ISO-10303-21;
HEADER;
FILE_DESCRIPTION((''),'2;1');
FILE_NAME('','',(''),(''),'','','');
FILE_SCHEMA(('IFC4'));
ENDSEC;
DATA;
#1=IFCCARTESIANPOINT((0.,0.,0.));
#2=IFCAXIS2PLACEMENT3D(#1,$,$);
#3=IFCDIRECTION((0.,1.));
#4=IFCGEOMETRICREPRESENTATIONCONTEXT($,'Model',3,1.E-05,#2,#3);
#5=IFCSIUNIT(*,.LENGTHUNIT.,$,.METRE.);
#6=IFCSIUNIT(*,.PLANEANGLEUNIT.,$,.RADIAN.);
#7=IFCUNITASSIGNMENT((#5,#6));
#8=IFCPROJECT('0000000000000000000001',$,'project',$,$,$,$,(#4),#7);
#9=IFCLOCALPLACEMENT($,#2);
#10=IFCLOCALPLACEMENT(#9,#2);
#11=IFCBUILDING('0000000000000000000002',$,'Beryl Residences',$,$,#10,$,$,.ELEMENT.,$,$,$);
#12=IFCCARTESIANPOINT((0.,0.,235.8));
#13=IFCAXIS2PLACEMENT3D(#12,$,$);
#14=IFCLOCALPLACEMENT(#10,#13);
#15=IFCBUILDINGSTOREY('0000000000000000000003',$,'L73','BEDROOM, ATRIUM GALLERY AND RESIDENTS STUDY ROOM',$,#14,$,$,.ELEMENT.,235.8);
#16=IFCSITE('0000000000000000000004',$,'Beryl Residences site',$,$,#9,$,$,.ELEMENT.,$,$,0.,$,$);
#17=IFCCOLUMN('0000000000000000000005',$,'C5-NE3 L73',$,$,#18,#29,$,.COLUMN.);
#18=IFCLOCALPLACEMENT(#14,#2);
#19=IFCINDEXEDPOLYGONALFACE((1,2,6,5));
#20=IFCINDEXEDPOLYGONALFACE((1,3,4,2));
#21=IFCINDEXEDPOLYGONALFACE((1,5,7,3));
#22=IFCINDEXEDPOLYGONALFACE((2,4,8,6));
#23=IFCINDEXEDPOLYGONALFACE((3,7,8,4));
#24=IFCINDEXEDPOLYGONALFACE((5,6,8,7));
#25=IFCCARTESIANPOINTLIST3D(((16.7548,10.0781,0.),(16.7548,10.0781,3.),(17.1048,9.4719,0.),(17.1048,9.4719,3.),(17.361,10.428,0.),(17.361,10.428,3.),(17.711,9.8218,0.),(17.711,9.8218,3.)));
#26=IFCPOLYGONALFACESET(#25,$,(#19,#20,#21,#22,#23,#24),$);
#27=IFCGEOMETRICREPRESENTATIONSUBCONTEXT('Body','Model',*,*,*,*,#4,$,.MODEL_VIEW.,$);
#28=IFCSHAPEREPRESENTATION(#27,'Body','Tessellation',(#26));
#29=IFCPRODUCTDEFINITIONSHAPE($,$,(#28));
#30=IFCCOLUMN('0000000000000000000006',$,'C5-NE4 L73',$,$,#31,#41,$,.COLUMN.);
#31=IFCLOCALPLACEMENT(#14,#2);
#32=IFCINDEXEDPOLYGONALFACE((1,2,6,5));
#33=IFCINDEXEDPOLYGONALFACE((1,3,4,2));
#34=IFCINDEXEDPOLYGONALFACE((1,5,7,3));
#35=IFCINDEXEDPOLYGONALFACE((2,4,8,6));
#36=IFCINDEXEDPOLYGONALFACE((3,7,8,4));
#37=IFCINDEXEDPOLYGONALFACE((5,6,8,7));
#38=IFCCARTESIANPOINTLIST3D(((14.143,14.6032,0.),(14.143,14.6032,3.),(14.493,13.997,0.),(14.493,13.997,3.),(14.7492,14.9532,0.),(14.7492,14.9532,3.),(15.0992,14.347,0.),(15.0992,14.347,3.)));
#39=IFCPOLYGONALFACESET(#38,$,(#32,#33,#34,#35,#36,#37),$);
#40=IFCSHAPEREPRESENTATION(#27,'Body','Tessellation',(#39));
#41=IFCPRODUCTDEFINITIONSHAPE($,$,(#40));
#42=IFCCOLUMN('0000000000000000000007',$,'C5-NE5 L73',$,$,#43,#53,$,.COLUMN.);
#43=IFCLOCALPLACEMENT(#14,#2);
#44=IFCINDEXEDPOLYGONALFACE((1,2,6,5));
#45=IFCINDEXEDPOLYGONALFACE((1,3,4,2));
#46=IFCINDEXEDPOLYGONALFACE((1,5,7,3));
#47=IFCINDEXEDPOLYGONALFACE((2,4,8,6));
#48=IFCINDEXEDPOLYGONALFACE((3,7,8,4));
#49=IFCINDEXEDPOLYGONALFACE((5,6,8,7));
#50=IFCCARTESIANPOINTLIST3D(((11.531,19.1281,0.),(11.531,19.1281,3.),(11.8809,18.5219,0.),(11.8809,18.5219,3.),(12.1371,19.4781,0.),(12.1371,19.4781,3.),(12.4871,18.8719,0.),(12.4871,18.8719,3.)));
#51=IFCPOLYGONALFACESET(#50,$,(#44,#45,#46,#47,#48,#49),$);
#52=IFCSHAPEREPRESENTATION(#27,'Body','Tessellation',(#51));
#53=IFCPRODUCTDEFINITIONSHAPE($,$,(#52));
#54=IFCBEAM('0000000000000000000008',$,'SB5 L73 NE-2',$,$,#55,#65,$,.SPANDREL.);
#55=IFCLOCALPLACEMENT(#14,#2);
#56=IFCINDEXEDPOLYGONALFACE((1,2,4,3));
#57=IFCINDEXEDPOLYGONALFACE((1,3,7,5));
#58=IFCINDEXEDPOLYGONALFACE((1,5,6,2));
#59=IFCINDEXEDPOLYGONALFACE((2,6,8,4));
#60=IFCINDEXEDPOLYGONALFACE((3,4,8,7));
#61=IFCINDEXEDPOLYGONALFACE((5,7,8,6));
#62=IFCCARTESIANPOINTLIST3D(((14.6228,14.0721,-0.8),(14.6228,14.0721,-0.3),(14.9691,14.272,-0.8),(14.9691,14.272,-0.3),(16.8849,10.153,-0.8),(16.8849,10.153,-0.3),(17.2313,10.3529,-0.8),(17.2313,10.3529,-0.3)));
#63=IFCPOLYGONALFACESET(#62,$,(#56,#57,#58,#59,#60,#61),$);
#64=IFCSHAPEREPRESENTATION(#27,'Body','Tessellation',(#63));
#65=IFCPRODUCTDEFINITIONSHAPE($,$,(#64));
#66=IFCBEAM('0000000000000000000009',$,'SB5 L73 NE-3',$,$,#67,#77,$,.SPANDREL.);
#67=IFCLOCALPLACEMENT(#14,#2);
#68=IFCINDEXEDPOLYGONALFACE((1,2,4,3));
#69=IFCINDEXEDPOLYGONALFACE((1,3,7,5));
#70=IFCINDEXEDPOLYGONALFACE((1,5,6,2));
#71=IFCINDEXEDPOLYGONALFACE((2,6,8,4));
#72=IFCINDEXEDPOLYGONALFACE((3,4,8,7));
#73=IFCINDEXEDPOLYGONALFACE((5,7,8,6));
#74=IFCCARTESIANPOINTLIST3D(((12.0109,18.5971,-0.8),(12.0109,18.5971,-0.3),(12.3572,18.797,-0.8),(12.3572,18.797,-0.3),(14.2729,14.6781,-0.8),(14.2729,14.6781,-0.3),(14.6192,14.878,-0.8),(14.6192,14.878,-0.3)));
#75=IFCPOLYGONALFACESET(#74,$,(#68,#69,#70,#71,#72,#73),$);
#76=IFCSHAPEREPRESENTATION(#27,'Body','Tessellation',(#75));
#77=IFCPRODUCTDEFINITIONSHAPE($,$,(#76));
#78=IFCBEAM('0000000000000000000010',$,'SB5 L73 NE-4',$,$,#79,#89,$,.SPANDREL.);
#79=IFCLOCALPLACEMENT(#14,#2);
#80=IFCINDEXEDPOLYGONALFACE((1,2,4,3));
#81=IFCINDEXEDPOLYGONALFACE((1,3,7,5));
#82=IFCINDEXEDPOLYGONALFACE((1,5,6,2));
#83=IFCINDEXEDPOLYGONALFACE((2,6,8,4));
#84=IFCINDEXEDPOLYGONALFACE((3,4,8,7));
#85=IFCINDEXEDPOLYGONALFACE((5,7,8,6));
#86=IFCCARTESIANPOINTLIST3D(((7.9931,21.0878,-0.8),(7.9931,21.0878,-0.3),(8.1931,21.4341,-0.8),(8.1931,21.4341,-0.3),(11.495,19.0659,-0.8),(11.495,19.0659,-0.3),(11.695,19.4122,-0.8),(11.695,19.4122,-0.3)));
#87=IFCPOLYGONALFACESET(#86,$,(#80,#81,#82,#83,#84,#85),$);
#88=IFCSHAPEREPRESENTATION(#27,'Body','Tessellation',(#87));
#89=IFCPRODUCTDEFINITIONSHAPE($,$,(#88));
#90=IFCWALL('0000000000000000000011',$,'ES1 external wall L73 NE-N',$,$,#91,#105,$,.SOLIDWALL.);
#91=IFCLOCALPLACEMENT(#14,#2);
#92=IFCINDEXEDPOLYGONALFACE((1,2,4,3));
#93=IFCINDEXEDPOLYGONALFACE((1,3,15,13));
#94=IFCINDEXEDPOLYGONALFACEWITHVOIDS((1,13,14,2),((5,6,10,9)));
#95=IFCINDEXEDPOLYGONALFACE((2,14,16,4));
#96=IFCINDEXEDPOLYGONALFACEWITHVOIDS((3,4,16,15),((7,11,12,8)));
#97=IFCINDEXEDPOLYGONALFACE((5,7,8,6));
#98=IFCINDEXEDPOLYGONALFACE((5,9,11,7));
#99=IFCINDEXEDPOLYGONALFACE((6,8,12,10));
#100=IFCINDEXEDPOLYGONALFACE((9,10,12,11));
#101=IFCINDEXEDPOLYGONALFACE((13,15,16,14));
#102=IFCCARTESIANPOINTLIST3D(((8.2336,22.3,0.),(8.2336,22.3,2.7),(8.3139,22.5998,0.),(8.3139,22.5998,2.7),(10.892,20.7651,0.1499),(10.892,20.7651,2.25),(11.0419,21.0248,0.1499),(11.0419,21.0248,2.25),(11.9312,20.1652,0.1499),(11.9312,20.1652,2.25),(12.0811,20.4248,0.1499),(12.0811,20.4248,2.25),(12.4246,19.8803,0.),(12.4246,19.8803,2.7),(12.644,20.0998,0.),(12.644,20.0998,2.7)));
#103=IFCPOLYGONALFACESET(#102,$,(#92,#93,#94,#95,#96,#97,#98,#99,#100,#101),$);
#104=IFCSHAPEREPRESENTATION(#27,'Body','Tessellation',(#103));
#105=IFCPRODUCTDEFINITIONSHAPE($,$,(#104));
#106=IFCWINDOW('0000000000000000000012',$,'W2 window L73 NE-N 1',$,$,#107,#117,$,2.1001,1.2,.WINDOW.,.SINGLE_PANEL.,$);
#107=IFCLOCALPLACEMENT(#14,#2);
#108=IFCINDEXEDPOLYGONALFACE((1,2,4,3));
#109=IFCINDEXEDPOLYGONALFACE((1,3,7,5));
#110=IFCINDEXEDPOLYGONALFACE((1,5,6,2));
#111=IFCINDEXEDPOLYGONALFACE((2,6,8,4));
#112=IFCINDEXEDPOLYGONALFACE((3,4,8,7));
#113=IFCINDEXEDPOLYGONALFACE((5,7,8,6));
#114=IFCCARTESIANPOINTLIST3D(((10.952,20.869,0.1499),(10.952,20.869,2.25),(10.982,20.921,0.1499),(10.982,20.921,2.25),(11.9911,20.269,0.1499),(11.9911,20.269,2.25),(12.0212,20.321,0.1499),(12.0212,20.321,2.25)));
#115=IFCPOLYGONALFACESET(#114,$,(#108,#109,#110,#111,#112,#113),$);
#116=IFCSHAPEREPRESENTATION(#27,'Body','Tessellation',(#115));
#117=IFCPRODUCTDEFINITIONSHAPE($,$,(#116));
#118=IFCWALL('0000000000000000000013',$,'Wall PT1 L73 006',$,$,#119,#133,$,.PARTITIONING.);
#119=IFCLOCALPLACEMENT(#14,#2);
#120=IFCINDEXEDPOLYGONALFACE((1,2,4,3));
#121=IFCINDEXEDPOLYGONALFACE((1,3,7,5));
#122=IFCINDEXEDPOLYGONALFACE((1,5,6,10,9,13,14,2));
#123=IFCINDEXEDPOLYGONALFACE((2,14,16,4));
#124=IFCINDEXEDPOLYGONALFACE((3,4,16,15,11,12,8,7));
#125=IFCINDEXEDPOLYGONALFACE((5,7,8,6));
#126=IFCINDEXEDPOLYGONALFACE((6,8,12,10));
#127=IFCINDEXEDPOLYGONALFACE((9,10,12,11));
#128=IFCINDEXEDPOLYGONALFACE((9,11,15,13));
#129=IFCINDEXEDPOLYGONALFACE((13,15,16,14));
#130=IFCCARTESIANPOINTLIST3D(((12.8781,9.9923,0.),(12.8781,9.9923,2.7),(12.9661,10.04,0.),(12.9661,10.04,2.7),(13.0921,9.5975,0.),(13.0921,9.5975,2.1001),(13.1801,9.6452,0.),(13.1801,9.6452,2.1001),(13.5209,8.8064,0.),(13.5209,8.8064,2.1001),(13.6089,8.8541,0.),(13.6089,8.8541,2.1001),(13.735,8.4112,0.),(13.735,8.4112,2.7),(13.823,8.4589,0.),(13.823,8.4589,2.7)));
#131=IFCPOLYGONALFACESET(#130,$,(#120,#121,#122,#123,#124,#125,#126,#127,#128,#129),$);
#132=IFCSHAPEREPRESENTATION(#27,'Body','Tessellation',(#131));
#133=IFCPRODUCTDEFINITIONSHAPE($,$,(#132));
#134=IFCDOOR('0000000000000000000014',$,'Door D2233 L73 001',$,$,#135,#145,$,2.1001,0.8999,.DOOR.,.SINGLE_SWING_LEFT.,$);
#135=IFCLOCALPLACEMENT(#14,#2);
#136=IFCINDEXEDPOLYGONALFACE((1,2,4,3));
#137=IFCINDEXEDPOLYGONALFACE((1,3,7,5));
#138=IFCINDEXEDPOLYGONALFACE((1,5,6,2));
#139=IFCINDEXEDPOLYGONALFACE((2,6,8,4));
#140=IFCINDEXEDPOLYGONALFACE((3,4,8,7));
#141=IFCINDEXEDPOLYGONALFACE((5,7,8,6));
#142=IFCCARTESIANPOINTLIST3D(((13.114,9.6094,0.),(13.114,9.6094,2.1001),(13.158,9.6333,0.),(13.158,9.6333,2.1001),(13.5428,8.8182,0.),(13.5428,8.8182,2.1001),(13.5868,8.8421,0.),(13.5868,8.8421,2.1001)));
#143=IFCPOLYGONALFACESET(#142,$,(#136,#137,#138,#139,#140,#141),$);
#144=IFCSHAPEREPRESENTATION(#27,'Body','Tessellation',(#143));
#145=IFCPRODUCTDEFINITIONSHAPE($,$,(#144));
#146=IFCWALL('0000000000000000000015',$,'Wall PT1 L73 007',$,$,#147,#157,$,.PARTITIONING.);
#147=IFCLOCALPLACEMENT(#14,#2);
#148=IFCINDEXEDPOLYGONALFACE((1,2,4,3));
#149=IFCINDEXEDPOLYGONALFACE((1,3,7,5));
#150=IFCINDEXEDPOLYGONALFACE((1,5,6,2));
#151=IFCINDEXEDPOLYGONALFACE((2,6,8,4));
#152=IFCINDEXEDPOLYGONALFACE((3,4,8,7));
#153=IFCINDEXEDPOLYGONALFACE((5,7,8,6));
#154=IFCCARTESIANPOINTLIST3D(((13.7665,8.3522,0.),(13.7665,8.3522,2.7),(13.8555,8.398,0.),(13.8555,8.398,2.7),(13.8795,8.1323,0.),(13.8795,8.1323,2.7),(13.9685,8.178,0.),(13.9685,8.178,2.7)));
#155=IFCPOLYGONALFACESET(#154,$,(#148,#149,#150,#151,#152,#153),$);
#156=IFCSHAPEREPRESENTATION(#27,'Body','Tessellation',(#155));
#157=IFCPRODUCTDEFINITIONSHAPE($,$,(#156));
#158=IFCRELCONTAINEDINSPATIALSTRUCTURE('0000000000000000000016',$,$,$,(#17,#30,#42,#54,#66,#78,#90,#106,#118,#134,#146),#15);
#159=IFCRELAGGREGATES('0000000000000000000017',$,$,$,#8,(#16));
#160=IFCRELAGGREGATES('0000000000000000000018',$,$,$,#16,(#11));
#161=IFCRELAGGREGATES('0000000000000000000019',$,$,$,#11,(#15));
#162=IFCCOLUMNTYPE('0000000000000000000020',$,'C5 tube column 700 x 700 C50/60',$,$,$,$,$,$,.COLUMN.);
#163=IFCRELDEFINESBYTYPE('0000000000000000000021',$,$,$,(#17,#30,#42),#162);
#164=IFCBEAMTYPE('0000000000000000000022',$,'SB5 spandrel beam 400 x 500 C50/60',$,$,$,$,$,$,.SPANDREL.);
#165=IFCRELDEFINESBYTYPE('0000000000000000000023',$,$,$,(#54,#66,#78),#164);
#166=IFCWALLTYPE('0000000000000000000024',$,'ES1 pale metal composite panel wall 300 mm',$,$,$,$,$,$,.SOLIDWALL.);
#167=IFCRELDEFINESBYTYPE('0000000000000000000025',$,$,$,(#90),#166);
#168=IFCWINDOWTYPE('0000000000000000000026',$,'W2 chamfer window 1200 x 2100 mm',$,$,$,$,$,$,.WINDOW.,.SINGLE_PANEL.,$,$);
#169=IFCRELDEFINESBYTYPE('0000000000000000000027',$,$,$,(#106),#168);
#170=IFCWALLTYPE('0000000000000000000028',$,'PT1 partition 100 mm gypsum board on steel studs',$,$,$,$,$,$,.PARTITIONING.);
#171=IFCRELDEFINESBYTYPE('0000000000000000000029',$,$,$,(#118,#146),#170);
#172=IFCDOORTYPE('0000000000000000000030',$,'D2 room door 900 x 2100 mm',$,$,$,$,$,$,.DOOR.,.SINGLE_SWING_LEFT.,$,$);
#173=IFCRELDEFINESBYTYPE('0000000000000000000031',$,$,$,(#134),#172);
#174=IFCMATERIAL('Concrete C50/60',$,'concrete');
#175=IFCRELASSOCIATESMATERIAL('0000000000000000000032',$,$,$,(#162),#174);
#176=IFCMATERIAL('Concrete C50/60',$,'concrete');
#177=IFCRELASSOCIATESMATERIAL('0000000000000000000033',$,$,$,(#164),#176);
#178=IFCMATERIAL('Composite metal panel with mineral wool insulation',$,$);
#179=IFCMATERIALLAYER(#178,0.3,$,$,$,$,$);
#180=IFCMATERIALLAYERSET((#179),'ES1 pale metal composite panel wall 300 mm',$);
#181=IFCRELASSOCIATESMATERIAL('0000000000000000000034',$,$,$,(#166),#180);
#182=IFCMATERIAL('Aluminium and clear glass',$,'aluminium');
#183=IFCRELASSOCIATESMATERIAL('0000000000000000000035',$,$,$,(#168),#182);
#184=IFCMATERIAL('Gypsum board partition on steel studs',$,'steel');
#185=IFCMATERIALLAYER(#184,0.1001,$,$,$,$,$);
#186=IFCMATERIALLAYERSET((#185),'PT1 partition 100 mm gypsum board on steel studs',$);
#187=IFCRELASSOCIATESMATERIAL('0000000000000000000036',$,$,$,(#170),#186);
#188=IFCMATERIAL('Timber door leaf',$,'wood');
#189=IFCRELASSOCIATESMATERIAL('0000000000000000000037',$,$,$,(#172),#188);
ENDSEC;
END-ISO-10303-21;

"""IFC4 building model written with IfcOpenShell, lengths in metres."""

from ifc_helpers import new_model, si_unit, direction, frame, frame_2d, origin, origin_2d, place, context, subcontext, project, spatial, polyline, rectangle, outline, extrude, material, layer, layer_set, material_profile, profile_set, type_object, element, fill, save


model = new_model("IFC4")

# Units and contexts
model_context = context("Model", 3, precision=1e-05, world=origin(), true_north=direction((0.0, 1.0)))
body_context = subcontext(model_context, "Body", "Model", "MODEL_VIEW")
ifc_project = project(units=[si_unit("LENGTHUNIT", "METRE"), si_unit("PLANEANGLEUNIT", "RADIAN")], contexts=[model_context])

# Site, building, storey
site_placement = place(None, origin())
site = spatial("IfcSite", under=ifc_project, at=site_placement, Name="Beryl Residences site", CompositionType="ELEMENT", RefElevation=0.0)
building_placement = place(site_placement, origin())
building = spatial("IfcBuilding", under=site, at=building_placement, Name="Beryl Residences", CompositionType="ELEMENT")
storey_placement = place(building_placement, frame((0.0, 0.0, 235.8)))
storey = spatial("IfcBuildingStorey", under=building, at=storey_placement, Name="L73", Description="BEDROOM, ATRIUM GALLERY AND RESIDENTS STUDY ROOM", CompositionType="ELEMENT", Elevation=235.8)

# Columns
ifc_material_1 = material(Name="Concrete C50/60", Category="concrete")
ifc_material_profile_1 = material_profile(ifc_material_1, rectangle(XDim=0.7, YDim=0.7, at=origin_2d()))
ifc_profile_set_1 = profile_set([ifc_material_profile_1], Name="Concrete C50/60")
column_type = type_object("IfcColumnType", Name="C5 tube column 700 x 700 C50/60", PredefinedType="COLUMN", material=ifc_profile_set_1)
for number, where, z_axis, x_axis, name in (
    (1, (17.2329, 9.95, 0.0), (0.0, 0.0, 1.0), (-0.49997, 0.866043, 0.0), "C5-NE3 L73"),
    (2, (14.6211, 14.4751, 0.0), (0.0, 0.0, 1.0), (-0.49997, 0.866043, 0.0), "C5-NE4 L73"),
    (3, (12.009, 19.0, 0.0), (0.0, 0.0, 1.0), (-0.49997, 0.866043, 0.0), "C5-NE5 L73"),
):
    element("IfcColumn", number, at=place(storey_placement, frame(where, z_axis=z_axis, x_axis=x_axis)), inside=storey, type_object=column_type, Name=name, PredefinedType="COLUMN", context=body_context, shape_type="SweptSolid", body=[
        extrude(rectangle(XDim=0.7, YDim=0.7, at=origin_2d()), origin(), (0.0, 0.0, 1.0), 3.0),
    ])

# Beams
ifc_material_2 = material(Name="Concrete C50/60", Category="concrete")
ifc_material_profile_2 = material_profile(ifc_material_2, rectangle(XDim=0.3999, YDim=0.5, at=origin_2d()))
ifc_profile_set_2 = profile_set([ifc_material_profile_2], Name="Concrete C50/60")
beam_type = type_object("IfcBeamType", Name="SB5 spandrel beam 400 x 500 C50/60", PredefinedType="SPANDREL", material=ifc_profile_set_2)
beam_1_placement = place(storey_placement, frame((17.0581, 10.2529, -0.55), z_axis=(-0.499911, 0.866077, 0.0), x_axis=(-0.866077, -0.499911, 0.0)))
element("IfcBeam", 4, at=beam_1_placement, inside=storey, type_object=beam_type, Name="SB5 L73 NE-2", PredefinedType="SPANDREL", context=body_context, shape_type="SweptSolid", body=[
    extrude(rectangle(XDim=0.3999, YDim=0.5, at=origin_2d()), origin(), (0.0, 0.0, 1.0), 4.5251),
])
beam_2_placement = place(storey_placement, frame((14.446, 14.7781, -0.55), z_axis=(-0.499894, 0.866087, 0.0), x_axis=(-0.866087, -0.499894, 0.0)))
element("IfcBeam", 5, at=beam_2_placement, inside=storey, type_object=beam_type, Name="SB5 L73 NE-3", PredefinedType="SPANDREL", context=body_context, shape_type="SweptSolid", body=[
    extrude(rectangle(XDim=0.3999, YDim=0.5, at=origin_2d()), origin(), (0.0, 0.0, 1.0), 4.5249),
])
beam_3_placement = place(storey_placement, frame((11.595, 19.239, -0.55), z_axis=(-0.866013, 0.500022, 0.0), x_axis=(-0.500022, -0.866013, 0.0)))
element("IfcBeam", 6, at=beam_3_placement, inside=storey, type_object=beam_type, Name="SB5 L73 NE-4", PredefinedType="SPANDREL", context=body_context, shape_type="SweptSolid", body=[
    extrude(rectangle(XDim=0.3999, YDim=0.5, at=origin_2d()), origin(), (0.0, 0.0, 1.0), 4.0437),
])

# Wall, opening, window
ifc_material_3 = material(Name="Composite metal panel with mineral wool insulation")
ifc_layer_1 = layer(ifc_material_3, 0.3)
ifc_layer_set_1 = layer_set([ifc_layer_1], Name="ES1 pale metal composite panel wall 300 mm")
wall_type_1 = type_object("IfcWallType", Name="ES1 pale metal composite panel wall 300 mm", PredefinedType="SOLIDWALL", material=ifc_layer_set_1)
wall_1_placement = place(storey_placement, frame((12.5691, 19.97, 0.0), z_axis=(0.0, 0.0, 1.0), x_axis=(-0.866023, 0.500004, 0.0)))
wall_1 = element("IfcWall", 7, at=wall_1_placement, inside=storey, type_object=wall_type_1, Name="ES1 external wall L73 NE-N", PredefinedType="SOLIDWALL", context=body_context, shape_type="SweptSolid", body=[
    extrude(outline(polyline([(0.0, -0.1499), (5.0, -0.1499), (4.9197, 0.1499), (0.0803, 0.1499), (0.0, -0.1499)])), origin(), (0.0, 0.0, 1.0), 2.7),
])
opening_1_placement = place(wall_1_placement, frame((0.6499, 0.0, 0.1499)))
opening_1 = element("IfcOpeningElement", 8, at=opening_1_placement, cuts=wall_1, PredefinedType="OPENING", context=body_context, shape_type="SweptSolid", body=[
    extrude(rectangle(XDim=1.2, YDim=2.1001, at=frame_2d((0.6001, 1.05))), frame((0.0, 0.1599, 0.0), z_axis=(0.0, -1.0, 0.0), x_axis=(1.0, 0.0, 0.0)), (0.0, 0.0, 1.0), 0.3201),
])
ifc_material_4 = material(Name="Aluminium and clear glass", Category="aluminium")
window_type = type_object("IfcWindowType", Name="W2 chamfer window 1200 x 2100 mm", PartitioningType="SINGLE_PANEL", PredefinedType="WINDOW", material=ifc_material_4)
window_placement = place(opening_1_placement, origin())
window = element("IfcWindow", 9, at=window_placement, inside=storey, type_object=window_type, Name="W2 window L73 NE-N 1", OverallHeight=2.1001, OverallWidth=1.2, PartitioningType="SINGLE_PANEL", PredefinedType="WINDOW", context=body_context, shape_type="SweptSolid", body=[
    extrude(rectangle(XDim=1.2, YDim=2.1001, at=frame_2d((0.6001, 1.05))), frame((0.0, 0.03, 0.0), z_axis=(0.0, -1.0, 0.0), x_axis=(1.0, 0.0, 0.0)), (0.0, 0.0, 1.0), 0.0601),
])
fill(opening_1, window)

# Wall, opening, door
ifc_material_5 = material(Name="Gypsum board partition on steel studs", Category="steel")
ifc_layer_2 = layer(ifc_material_5, 0.1001)
ifc_layer_set_2 = layer_set([ifc_layer_2], Name="PT1 partition 100 mm gypsum board on steel studs")
wall_type_2 = type_object("IfcWallType", Name="PT1 partition 100 mm gypsum board on steel studs", PredefinedType="PARTITIONING", material=ifc_layer_set_2)
wall_2_placement = place(storey_placement, frame((12.9221, 10.0161, 0.0), z_axis=(0.0, 0.0, 1.0), x_axis=(0.476511, -0.879169, 0.0)))
wall_2 = element("IfcWall", 10, at=wall_2_placement, inside=storey, type_object=wall_type_2, Name="Wall PT1 L73 006", PredefinedType="PARTITIONING", context=body_context, shape_type="SweptSolid", body=[
    extrude(rectangle(XDim=1.7983, YDim=0.1001, at=frame_2d((0.8992, 0.0))), origin(), (0.0, 0.0, 1.0), 2.7),
])
opening_2_placement = place(wall_2_placement, frame((0.449, 0.0, 0.0)))
opening_2 = element("IfcOpeningElement", 11, at=opening_2_placement, cuts=wall_2, PredefinedType="OPENING", context=body_context, shape_type="SweptSolid", body=[
    extrude(rectangle(XDim=0.8999, YDim=2.1001, at=frame_2d((0.45, 1.05))), frame((0.0, 0.0601, 0.0), z_axis=(0.0, -1.0, 0.0), x_axis=(1.0, 0.0, 0.0)), (0.0, 0.0, 1.0), 0.1201),
])
ifc_material_6 = material(Name="Timber door leaf", Category="wood")
door_type_1 = type_object("IfcDoorType", Name="D2 room door 900 x 2100 mm", OperationType="SINGLE_SWING_LEFT", PredefinedType="DOOR", material=ifc_material_6)
door_1_placement = place(opening_2_placement, origin())
door_1 = element("IfcDoor", 12, at=door_1_placement, inside=storey, type_object=door_type_1, Name="Door D2233 L73 001", OperationType="SINGLE_SWING_LEFT", OverallHeight=2.1001, OverallWidth=0.8999, PredefinedType="DOOR", context=body_context, shape_type="SweptSolid", body=[
    extrude(rectangle(XDim=0.8999, YDim=2.1001, at=frame_2d((0.45, 1.05))), frame((0.0, 0.0249, 0.0), z_axis=(0.0, -1.0, 0.0), x_axis=(1.0, 0.0, 0.0)), (0.0, 0.0, 1.0), 0.05),
])
fill(opening_2, door_1)

# Wall
wall_3_placement = place(storey_placement, frame((13.811, 8.375, 0.0), z_axis=(0.0, 0.0, 1.0), x_axis=(0.457058, -0.889437, 0.0)))
element("IfcWall", 13, at=wall_3_placement, inside=storey, type_object=wall_type_2, Name="Wall PT1 L73 007", PredefinedType="PARTITIONING", context=body_context, shape_type="SweptSolid", body=[
    extrude(rectangle(XDim=0.2473, YDim=0.1001, at=frame_2d((0.1235, 0.0))), origin(), (0.0, 0.0, 1.0), 2.7),
])

save(model, "model.ifc")
